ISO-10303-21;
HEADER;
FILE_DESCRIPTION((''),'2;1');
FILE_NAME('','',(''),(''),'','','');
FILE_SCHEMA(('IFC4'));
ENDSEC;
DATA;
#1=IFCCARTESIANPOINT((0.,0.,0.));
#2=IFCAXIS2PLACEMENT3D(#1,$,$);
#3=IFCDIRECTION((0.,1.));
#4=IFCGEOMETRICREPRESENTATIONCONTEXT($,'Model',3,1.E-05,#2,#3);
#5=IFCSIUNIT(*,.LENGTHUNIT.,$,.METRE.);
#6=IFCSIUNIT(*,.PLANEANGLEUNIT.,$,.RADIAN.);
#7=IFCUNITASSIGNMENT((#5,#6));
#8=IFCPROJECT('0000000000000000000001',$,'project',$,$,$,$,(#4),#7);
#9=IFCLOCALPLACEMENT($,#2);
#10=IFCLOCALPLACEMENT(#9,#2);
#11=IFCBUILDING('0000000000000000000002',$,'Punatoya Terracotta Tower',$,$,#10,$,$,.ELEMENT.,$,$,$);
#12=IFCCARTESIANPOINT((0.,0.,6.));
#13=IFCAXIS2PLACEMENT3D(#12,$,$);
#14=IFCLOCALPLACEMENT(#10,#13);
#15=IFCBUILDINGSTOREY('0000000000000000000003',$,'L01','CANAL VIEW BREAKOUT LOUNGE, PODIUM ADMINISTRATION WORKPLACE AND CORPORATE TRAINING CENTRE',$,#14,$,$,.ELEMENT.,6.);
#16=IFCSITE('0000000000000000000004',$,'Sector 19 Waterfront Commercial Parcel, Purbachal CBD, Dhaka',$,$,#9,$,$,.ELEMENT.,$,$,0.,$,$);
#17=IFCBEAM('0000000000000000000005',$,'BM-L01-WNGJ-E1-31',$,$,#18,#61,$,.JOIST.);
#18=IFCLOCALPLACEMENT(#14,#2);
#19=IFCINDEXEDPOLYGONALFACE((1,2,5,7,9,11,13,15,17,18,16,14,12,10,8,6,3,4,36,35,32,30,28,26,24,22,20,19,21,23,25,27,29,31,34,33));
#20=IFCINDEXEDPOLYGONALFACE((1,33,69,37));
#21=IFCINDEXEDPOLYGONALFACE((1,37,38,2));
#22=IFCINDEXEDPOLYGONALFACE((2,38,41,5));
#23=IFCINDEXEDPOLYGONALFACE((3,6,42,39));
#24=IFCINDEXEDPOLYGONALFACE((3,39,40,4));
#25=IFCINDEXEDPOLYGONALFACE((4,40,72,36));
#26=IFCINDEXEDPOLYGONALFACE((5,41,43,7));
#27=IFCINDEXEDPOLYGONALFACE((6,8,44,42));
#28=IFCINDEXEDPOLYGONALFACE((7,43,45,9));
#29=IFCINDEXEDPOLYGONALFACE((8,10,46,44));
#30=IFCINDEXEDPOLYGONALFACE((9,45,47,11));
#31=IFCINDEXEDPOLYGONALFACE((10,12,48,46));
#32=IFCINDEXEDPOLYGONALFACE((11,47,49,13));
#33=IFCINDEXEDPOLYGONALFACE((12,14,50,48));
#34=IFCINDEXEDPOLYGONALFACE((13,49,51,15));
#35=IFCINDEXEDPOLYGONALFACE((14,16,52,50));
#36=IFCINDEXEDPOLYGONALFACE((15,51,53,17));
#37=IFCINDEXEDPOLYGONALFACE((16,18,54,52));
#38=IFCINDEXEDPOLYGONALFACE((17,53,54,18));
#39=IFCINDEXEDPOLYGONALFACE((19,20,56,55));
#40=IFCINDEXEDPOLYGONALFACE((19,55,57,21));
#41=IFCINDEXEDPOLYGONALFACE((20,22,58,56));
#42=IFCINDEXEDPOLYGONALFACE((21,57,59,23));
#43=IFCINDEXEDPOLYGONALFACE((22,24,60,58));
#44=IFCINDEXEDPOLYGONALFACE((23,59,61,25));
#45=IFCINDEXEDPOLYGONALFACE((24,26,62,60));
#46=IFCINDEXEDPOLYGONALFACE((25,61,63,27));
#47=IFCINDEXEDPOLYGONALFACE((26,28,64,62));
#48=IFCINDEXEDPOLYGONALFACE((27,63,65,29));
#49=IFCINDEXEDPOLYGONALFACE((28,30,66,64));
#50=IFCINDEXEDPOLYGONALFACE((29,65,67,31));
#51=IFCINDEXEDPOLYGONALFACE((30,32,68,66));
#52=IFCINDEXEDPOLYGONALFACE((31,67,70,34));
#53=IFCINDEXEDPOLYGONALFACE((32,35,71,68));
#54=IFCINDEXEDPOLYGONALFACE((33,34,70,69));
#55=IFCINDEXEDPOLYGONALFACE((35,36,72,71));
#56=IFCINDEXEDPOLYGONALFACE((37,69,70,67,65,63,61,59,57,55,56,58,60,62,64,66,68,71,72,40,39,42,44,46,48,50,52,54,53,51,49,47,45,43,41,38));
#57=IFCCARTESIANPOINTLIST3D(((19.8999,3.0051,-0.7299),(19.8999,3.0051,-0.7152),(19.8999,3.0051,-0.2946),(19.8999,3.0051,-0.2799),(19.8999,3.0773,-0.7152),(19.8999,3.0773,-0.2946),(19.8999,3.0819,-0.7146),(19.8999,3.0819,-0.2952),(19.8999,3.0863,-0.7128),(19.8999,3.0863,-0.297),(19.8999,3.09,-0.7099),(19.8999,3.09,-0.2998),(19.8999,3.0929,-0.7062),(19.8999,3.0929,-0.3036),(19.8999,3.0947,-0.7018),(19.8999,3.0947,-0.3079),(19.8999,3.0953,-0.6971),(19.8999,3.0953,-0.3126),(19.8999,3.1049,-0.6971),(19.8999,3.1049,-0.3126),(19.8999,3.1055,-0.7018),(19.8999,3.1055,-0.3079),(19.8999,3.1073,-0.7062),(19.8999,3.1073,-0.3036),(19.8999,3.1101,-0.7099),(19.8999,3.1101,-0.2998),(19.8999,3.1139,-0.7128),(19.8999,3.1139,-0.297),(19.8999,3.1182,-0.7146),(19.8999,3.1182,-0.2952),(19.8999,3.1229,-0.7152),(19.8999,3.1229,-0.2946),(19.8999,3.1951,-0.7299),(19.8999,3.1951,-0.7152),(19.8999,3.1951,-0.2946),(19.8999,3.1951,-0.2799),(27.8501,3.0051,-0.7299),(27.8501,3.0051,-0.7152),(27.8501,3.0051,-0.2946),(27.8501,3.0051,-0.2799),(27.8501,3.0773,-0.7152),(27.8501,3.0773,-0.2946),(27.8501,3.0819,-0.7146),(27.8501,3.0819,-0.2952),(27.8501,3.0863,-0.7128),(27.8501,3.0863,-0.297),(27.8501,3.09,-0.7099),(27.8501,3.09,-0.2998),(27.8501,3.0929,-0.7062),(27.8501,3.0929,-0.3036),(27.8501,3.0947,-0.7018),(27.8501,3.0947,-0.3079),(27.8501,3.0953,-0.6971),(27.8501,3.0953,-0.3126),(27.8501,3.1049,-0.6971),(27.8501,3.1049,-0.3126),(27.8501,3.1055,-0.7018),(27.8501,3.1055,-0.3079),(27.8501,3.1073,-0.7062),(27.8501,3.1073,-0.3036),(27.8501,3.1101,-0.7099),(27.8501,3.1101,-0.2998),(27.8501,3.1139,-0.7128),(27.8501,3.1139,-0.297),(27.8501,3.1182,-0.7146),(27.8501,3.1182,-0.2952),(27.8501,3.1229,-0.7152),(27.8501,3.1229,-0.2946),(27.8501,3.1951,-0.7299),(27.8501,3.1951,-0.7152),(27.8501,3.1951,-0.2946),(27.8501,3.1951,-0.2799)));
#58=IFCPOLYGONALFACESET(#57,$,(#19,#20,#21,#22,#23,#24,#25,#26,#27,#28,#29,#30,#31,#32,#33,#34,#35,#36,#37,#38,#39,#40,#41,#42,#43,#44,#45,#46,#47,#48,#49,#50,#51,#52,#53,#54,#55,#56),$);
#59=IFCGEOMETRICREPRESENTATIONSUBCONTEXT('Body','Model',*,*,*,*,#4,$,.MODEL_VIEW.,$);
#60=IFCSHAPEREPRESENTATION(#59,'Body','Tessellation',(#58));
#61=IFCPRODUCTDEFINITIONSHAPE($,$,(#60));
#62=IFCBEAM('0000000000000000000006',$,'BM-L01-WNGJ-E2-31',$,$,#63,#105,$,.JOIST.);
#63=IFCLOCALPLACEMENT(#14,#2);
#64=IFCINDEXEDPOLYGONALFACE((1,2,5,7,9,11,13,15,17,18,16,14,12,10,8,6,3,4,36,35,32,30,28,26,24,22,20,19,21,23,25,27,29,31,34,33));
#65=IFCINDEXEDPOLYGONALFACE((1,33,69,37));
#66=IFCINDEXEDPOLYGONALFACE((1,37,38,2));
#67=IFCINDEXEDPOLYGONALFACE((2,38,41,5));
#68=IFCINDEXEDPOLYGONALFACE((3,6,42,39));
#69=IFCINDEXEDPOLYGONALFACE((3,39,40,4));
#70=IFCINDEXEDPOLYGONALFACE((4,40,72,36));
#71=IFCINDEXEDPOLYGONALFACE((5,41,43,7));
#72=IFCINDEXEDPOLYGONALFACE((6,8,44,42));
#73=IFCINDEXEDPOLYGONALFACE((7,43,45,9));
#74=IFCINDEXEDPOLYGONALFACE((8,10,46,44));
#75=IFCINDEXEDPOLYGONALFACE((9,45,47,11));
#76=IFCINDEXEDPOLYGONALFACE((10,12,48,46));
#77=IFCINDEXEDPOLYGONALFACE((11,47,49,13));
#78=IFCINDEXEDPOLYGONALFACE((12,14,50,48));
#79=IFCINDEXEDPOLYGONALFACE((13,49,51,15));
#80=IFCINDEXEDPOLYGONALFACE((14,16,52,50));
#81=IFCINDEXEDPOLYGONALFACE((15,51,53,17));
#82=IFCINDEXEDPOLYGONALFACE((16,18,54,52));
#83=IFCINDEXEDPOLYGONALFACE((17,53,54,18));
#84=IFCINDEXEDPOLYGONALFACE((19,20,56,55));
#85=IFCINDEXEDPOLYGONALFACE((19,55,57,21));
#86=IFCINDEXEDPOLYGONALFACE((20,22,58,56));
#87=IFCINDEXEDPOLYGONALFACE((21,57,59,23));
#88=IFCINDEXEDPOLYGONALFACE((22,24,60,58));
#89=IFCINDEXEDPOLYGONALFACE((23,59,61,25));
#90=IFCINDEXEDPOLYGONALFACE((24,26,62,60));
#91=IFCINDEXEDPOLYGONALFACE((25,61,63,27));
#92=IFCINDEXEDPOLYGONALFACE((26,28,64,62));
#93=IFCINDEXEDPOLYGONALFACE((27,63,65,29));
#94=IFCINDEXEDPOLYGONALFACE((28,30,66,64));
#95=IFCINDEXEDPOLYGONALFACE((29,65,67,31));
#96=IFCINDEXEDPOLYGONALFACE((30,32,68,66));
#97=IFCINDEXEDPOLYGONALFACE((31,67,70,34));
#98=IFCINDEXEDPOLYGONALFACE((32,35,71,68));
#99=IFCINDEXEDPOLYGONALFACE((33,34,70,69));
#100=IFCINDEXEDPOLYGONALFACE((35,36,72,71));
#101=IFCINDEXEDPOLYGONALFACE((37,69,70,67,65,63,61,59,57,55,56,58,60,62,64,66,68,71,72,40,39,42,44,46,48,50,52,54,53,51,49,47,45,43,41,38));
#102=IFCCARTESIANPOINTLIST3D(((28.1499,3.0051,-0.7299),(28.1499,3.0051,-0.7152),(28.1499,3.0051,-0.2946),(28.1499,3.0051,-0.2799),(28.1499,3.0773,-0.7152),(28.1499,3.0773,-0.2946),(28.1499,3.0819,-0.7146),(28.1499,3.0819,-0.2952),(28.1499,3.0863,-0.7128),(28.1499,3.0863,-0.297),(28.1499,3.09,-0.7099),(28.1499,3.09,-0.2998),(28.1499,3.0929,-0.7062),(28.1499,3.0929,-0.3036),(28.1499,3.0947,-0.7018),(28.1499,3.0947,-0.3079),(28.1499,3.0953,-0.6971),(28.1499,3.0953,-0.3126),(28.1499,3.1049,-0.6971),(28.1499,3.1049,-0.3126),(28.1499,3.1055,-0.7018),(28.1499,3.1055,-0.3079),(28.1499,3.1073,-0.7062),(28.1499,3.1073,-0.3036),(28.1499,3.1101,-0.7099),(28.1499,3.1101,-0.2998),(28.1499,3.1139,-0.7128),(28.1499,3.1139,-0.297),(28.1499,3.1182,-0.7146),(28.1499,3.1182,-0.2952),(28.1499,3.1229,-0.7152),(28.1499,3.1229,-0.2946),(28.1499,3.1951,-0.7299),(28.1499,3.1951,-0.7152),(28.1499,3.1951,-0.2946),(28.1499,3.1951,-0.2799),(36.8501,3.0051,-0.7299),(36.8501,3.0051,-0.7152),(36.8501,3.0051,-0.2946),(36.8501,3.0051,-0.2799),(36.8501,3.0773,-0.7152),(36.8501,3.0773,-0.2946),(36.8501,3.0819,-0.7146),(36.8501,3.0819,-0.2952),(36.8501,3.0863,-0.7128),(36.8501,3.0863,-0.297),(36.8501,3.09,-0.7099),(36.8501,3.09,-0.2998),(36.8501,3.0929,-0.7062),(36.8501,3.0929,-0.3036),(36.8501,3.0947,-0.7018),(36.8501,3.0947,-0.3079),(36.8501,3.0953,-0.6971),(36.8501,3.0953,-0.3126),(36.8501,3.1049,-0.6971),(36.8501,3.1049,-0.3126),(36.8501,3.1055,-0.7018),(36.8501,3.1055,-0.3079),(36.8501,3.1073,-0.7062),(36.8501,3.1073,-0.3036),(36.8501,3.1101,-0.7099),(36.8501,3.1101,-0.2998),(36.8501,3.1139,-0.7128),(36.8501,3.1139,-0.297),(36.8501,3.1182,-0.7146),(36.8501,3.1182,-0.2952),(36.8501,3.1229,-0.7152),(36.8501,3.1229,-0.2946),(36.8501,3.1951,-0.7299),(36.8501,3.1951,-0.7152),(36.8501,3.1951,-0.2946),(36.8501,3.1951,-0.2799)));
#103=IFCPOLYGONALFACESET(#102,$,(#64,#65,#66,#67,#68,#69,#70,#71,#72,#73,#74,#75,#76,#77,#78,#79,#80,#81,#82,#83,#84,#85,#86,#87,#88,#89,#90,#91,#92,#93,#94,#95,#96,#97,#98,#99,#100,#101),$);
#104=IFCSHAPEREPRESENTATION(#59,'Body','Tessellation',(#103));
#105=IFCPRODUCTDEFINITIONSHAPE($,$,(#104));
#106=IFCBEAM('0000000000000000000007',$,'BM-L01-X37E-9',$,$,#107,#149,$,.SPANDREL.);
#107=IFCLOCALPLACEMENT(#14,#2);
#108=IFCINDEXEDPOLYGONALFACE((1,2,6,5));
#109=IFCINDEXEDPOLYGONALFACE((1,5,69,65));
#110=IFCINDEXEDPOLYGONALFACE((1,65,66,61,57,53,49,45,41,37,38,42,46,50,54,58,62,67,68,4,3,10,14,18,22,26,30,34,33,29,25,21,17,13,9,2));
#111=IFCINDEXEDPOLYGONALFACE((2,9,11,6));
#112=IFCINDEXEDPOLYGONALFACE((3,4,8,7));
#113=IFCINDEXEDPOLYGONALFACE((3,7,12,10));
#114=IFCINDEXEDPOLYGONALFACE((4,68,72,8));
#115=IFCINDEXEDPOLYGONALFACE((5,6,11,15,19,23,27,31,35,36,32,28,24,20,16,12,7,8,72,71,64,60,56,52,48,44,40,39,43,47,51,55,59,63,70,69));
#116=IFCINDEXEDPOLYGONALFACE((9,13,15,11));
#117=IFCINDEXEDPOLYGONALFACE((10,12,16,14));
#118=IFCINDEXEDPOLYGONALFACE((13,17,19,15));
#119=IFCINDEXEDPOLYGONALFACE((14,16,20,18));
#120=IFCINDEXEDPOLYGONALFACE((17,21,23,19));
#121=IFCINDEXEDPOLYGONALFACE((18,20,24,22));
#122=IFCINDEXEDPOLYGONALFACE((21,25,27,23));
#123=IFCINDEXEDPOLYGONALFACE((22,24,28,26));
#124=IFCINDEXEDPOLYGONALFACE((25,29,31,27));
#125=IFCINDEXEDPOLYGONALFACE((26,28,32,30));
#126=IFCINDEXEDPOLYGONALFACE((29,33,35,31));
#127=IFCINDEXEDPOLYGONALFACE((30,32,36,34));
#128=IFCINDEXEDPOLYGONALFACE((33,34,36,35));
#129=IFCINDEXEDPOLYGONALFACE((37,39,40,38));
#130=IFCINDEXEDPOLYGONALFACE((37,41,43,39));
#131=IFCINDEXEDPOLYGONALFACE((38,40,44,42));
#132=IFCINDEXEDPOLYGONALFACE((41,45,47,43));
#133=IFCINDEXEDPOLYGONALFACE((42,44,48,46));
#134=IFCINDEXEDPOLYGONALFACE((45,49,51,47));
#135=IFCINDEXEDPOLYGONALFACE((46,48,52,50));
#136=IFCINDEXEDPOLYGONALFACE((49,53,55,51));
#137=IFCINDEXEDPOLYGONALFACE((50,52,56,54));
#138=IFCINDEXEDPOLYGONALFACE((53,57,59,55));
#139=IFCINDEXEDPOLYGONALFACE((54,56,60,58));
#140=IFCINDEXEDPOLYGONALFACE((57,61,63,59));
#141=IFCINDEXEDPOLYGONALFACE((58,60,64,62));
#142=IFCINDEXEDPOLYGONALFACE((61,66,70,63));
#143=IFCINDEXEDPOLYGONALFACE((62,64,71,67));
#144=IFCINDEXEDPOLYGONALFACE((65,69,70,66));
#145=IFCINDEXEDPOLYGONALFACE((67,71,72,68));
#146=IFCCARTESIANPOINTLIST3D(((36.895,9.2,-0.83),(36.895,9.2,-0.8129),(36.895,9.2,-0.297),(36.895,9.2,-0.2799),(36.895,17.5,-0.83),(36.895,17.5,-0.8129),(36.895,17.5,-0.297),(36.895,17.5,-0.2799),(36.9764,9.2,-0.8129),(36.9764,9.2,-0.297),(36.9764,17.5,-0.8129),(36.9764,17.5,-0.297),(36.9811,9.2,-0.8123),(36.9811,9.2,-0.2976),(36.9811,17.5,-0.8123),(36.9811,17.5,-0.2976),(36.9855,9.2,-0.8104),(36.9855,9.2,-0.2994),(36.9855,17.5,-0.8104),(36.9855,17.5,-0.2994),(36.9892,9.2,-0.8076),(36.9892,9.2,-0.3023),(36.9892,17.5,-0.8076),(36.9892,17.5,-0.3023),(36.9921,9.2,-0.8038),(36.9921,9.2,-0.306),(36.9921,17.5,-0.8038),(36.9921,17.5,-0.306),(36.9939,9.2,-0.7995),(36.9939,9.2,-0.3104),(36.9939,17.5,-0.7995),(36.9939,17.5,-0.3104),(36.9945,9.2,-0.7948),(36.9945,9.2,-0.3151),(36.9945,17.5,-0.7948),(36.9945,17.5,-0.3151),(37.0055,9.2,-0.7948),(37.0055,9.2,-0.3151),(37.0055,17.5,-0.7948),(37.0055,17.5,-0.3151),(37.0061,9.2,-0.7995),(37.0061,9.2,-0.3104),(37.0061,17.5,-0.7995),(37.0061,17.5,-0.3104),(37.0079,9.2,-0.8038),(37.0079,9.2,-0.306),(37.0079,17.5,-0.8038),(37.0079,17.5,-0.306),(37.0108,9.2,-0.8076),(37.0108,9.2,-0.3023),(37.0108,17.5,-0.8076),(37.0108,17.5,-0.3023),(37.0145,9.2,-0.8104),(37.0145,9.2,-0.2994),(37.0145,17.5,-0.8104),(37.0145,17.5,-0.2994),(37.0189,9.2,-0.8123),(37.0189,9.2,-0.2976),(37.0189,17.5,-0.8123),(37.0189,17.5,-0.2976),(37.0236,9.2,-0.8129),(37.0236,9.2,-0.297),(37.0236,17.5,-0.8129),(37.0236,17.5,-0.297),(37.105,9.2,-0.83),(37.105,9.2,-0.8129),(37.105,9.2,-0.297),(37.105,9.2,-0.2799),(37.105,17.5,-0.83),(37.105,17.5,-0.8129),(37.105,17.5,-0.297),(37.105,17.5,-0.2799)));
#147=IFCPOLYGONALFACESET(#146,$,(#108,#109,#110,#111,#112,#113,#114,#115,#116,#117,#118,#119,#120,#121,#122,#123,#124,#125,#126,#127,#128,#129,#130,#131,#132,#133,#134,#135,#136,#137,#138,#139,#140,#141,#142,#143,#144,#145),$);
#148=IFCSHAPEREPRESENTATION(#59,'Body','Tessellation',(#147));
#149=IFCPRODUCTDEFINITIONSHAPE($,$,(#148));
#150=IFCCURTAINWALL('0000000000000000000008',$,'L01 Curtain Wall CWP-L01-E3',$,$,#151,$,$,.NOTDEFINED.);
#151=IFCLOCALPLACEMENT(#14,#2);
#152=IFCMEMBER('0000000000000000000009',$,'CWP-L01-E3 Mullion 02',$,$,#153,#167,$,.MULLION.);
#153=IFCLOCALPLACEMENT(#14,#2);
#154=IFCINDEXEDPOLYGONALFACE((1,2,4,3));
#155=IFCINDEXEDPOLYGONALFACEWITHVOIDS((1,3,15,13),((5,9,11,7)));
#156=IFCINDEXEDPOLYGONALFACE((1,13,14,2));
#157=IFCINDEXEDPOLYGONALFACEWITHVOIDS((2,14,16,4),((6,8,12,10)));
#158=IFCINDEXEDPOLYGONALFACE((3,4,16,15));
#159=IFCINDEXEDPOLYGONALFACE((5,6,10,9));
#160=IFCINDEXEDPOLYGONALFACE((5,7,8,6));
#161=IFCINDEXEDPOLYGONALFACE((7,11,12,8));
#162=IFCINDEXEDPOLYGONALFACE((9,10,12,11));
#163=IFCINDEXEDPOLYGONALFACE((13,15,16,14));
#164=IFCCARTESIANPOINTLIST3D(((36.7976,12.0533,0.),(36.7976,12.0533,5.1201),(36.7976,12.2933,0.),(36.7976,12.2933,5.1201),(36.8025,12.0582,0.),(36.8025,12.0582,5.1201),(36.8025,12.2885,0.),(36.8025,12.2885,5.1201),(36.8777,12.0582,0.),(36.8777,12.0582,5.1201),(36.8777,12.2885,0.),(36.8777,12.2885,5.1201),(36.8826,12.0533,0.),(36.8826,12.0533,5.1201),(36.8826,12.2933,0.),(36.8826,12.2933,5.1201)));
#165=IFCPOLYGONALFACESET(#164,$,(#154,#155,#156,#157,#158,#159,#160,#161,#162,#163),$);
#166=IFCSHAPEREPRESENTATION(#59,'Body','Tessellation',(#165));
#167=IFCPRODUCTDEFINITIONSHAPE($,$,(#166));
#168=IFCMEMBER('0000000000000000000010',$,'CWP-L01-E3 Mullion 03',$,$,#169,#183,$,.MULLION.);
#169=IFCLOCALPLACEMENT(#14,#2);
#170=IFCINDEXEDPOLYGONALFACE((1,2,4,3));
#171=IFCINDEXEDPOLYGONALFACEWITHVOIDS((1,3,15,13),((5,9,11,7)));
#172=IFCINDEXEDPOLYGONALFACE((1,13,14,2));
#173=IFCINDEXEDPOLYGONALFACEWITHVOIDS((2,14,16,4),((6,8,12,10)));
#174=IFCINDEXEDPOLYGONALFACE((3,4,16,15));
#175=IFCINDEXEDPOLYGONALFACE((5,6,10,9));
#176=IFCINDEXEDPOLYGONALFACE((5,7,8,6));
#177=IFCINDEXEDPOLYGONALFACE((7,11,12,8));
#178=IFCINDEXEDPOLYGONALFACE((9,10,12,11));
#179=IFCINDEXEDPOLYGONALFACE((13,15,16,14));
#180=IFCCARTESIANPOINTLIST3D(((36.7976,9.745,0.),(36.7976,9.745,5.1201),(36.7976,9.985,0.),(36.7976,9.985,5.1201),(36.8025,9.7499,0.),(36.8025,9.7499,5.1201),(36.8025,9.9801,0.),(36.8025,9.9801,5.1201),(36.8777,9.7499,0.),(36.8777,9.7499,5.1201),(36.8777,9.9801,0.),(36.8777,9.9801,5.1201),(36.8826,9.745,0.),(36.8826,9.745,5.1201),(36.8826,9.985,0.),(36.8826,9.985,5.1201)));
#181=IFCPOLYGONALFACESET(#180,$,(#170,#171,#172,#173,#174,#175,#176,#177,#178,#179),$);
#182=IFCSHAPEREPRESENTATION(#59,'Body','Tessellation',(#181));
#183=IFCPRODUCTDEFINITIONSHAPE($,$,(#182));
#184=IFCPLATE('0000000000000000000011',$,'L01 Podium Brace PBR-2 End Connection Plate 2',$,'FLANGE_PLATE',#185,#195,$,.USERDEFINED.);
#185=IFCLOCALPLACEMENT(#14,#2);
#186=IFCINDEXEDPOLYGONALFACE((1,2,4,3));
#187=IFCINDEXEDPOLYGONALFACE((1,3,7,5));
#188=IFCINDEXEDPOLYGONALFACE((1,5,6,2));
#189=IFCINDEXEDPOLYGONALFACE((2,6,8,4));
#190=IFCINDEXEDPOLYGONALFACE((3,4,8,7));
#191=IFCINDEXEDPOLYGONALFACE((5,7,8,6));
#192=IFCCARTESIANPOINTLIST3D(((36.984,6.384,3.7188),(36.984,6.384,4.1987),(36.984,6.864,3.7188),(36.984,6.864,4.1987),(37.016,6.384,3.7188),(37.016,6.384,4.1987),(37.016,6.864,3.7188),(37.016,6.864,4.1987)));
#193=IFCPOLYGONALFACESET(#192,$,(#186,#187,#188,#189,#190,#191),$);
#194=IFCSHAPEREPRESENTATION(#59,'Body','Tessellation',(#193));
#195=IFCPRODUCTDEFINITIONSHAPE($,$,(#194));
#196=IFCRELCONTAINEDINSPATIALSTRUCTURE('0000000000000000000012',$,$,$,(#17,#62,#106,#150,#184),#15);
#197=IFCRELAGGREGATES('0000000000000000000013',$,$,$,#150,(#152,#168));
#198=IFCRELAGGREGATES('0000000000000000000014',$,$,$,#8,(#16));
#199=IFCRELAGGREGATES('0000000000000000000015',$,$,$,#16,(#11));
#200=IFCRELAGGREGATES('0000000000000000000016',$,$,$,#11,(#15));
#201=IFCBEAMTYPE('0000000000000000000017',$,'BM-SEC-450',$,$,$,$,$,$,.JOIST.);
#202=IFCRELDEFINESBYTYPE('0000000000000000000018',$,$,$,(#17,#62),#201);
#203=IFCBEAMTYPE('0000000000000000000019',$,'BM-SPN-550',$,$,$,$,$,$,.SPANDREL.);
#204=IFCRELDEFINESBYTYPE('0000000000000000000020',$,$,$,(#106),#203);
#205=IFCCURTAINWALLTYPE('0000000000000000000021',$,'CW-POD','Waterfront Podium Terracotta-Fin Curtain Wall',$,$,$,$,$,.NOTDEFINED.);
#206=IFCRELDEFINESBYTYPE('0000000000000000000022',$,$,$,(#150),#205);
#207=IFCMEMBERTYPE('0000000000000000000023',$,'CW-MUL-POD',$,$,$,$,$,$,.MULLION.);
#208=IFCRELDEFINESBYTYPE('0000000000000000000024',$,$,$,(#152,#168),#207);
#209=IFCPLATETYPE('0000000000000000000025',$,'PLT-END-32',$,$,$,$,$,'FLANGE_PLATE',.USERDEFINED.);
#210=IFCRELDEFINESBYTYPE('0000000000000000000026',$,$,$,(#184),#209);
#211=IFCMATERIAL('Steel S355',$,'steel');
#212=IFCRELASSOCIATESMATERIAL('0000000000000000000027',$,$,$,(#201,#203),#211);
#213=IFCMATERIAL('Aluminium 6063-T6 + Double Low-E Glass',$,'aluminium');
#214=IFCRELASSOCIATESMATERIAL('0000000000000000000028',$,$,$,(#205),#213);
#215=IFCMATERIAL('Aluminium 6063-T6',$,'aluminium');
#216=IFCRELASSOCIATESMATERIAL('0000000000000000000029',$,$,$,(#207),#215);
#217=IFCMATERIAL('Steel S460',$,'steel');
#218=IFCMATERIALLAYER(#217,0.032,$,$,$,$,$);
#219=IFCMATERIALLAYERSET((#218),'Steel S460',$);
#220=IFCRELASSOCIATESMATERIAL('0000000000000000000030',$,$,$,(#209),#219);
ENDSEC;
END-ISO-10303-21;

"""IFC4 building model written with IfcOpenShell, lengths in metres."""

from ifc_helpers import new_model, si_unit, direction, frame, origin, origin_2d, place, context, subcontext, project, spatial, rectangle, hollow_rectangle, i_section, extrude, material, layer, layer_set, material_profile, profile_set, type_object, element, aggregate, save


model = new_model("IFC4")

# Units and contexts
model_context = context("Model", 3, precision=1e-05, world=origin(), true_north=direction((0.0, 1.0)))
body_context = subcontext(model_context, "Body", "Model", "MODEL_VIEW")
ifc_project = project(units=[si_unit("LENGTHUNIT", "METRE"), si_unit("PLANEANGLEUNIT", "RADIAN")], contexts=[model_context])

# Site, building, storey
site_placement = place(None, origin())
site = spatial("IfcSite", under=ifc_project, at=site_placement, Name="Sector 19 Waterfront Commercial Parcel, Purbachal CBD, Dhaka", CompositionType="ELEMENT", RefElevation=0.0)
building_placement = place(site_placement, origin())
building = spatial("IfcBuilding", under=site, at=building_placement, Name="Punatoya Terracotta Tower", CompositionType="ELEMENT")
storey_placement = place(building_placement, frame((0.0, 0.0, 6.0)))
storey = spatial("IfcBuildingStorey", under=building, at=storey_placement, Name="L01", Description="CANAL VIEW BREAKOUT LOUNGE, PODIUM ADMINISTRATION WORKPLACE AND CORPORATE TRAINING CENTRE", CompositionType="ELEMENT", Elevation=6.0)

# Beams
ifc_material_1 = material(Name="Steel S355", Category="steel")
ifc_material_profile_1 = material_profile(ifc_material_1, i_section(OverallWidth=0.1899, OverallDepth=0.45, WebThickness=0.0095, FlangeThickness=0.0146, FilletRadius=0.0181, at=origin_2d()))
ifc_profile_set_1 = profile_set([ifc_material_profile_1], Name="Steel S355")
beam_type_1 = type_object("IfcBeamType", Name="BM-SEC-450", PredefinedType="JOIST", material=ifc_profile_set_1)
beam_1_placement = place(storey_placement, frame((19.8999, 3.1001, -0.5049), z_axis=(1.0, 0.0, 0.0), x_axis=(0.0, 1.0, 0.0)))
element("IfcBeam", 1, at=beam_1_placement, inside=storey, type_object=beam_type_1, Name="BM-L01-WNGJ-E1-31", PredefinedType="JOIST", context=body_context, shape_type="SweptSolid", body=[
    extrude(i_section(OverallWidth=0.1899, OverallDepth=0.45, WebThickness=0.0095, FlangeThickness=0.0146, FilletRadius=0.0181, at=origin_2d()), origin(), (0.0, 0.0, 1.0), 7.9502),
])
beam_2_placement = place(storey_placement, frame((28.1499, 3.1001, -0.5049), z_axis=(1.0, 0.0, 0.0), x_axis=(0.0, 1.0, 0.0)))
element("IfcBeam", 2, at=beam_2_placement, inside=storey, type_object=beam_type_1, Name="BM-L01-WNGJ-E2-31", PredefinedType="JOIST", context=body_context, shape_type="SweptSolid", body=[
    extrude(i_section(OverallWidth=0.1899, OverallDepth=0.45, WebThickness=0.0095, FlangeThickness=0.0146, FilletRadius=0.0181, at=origin_2d()), origin(), (0.0, 0.0, 1.0), 8.7002),
])
ifc_material_profile_2 = material_profile(ifc_material_1, i_section(OverallWidth=0.21, OverallDepth=0.55, WebThickness=0.011, FlangeThickness=0.0171, FilletRadius=0.0181, at=origin_2d()))
ifc_profile_set_2 = profile_set([ifc_material_profile_2], Name="Steel S355")
beam_type_2 = type_object("IfcBeamType", Name="BM-SPN-550", PredefinedType="SPANDREL", material=ifc_profile_set_2)
beam_3_placement = place(storey_placement, frame((37.0, 9.2, -0.5549), z_axis=(0.0, 1.0, 0.0), x_axis=(-1.0, 0.0, 0.0)))
element("IfcBeam", 3, at=beam_3_placement, inside=storey, type_object=beam_type_2, Name="BM-L01-X37E-9", PredefinedType="SPANDREL", context=body_context, shape_type="SweptSolid", body=[
    extrude(i_section(OverallWidth=0.21, OverallDepth=0.55, WebThickness=0.011, FlangeThickness=0.0171, FilletRadius=0.0181, at=origin_2d()), origin(), (0.0, 0.0, 1.0), 8.3),
])

# Curtain wall, members
ifc_material_2 = material(Name="Aluminium 6063-T6 + Double Low-E Glass", Category="aluminium")
curtain_wall_type = type_object("IfcCurtainWallType", Name="CW-POD", Description="Waterfront Podium Terracotta-Fin Curtain Wall", PredefinedType="NOTDEFINED", material=ifc_material_2)
curtain_wall_placement = place(storey_placement, origin())
curtain_wall = element("IfcCurtainWall", 4, at=curtain_wall_placement, inside=storey, type_object=curtain_wall_type, Name="L01 Curtain Wall CWP-L01-E3", PredefinedType="NOTDEFINED")
ifc_material_3 = material(Name="Aluminium 6063-T6", Category="aluminium")
ifc_material_profile_3 = material_profile(ifc_material_3, hollow_rectangle(XDim=0.085, YDim=0.24, WallThickness=0.0049, at=origin_2d()))
ifc_profile_set_3 = profile_set([ifc_material_profile_3], Name="Aluminium 6063-T6")
member_type = type_object("IfcMemberType", Name="CW-MUL-POD", PredefinedType="MULLION", material=ifc_profile_set_3)
member_1_placement = place(storey_placement, frame((36.8401, 12.1733, 0.0), z_axis=(0.0, 0.0, 1.0), x_axis=(1.0, 0.0, 0.0)))
member_1 = element("IfcMember", 5, at=member_1_placement, type_object=member_type, Name="CWP-L01-E3 Mullion 02", PredefinedType="MULLION", context=body_context, shape_type="SweptSolid", body=[
    extrude(hollow_rectangle(XDim=0.085, YDim=0.24, WallThickness=0.0049, at=origin_2d()), origin(), (0.0, 0.0, 1.0), 5.1201),
])
member_2_placement = place(storey_placement, frame((36.8401, 9.865, 0.0), z_axis=(0.0, 0.0, 1.0), x_axis=(1.0, 0.0, 0.0)))
member_2 = element("IfcMember", 6, at=member_2_placement, type_object=member_type, Name="CWP-L01-E3 Mullion 03", PredefinedType="MULLION", context=body_context, shape_type="SweptSolid", body=[
    extrude(hollow_rectangle(XDim=0.085, YDim=0.24, WallThickness=0.0049, at=origin_2d()), origin(), (0.0, 0.0, 1.0), 5.1201),
])

# Plate
ifc_material_4 = material(Name="Steel S460", Category="steel")
ifc_layer_1 = layer(ifc_material_4, 0.032)
ifc_layer_set_1 = layer_set([ifc_layer_1], Name="Steel S460")
plate_type_1 = type_object("IfcPlateType", Name="PLT-END-32", ElementType="FLANGE_PLATE", PredefinedType="USERDEFINED", material=ifc_layer_set_1)
plate_1_placement = place(storey_placement, frame((37.0, 6.624, 3.7188), z_axis=(0.0, 0.0, 1.0), x_axis=(1.0, 0.0, 0.0)))
element("IfcPlate", 7, at=plate_1_placement, inside=storey, type_object=plate_type_1, Name="L01 Podium Brace PBR-2 End Connection Plate 2", ObjectType="FLANGE_PLATE", PredefinedType="USERDEFINED", context=body_context, shape_type="SweptSolid", body=[
    extrude(rectangle(XDim=0.032, YDim=0.48, at=origin_2d()), origin(), (0.0, 0.0, 1.0), 0.48),
])
aggregate(curtain_wall, [member_1, member_2])

save(model, "model.ifc")
